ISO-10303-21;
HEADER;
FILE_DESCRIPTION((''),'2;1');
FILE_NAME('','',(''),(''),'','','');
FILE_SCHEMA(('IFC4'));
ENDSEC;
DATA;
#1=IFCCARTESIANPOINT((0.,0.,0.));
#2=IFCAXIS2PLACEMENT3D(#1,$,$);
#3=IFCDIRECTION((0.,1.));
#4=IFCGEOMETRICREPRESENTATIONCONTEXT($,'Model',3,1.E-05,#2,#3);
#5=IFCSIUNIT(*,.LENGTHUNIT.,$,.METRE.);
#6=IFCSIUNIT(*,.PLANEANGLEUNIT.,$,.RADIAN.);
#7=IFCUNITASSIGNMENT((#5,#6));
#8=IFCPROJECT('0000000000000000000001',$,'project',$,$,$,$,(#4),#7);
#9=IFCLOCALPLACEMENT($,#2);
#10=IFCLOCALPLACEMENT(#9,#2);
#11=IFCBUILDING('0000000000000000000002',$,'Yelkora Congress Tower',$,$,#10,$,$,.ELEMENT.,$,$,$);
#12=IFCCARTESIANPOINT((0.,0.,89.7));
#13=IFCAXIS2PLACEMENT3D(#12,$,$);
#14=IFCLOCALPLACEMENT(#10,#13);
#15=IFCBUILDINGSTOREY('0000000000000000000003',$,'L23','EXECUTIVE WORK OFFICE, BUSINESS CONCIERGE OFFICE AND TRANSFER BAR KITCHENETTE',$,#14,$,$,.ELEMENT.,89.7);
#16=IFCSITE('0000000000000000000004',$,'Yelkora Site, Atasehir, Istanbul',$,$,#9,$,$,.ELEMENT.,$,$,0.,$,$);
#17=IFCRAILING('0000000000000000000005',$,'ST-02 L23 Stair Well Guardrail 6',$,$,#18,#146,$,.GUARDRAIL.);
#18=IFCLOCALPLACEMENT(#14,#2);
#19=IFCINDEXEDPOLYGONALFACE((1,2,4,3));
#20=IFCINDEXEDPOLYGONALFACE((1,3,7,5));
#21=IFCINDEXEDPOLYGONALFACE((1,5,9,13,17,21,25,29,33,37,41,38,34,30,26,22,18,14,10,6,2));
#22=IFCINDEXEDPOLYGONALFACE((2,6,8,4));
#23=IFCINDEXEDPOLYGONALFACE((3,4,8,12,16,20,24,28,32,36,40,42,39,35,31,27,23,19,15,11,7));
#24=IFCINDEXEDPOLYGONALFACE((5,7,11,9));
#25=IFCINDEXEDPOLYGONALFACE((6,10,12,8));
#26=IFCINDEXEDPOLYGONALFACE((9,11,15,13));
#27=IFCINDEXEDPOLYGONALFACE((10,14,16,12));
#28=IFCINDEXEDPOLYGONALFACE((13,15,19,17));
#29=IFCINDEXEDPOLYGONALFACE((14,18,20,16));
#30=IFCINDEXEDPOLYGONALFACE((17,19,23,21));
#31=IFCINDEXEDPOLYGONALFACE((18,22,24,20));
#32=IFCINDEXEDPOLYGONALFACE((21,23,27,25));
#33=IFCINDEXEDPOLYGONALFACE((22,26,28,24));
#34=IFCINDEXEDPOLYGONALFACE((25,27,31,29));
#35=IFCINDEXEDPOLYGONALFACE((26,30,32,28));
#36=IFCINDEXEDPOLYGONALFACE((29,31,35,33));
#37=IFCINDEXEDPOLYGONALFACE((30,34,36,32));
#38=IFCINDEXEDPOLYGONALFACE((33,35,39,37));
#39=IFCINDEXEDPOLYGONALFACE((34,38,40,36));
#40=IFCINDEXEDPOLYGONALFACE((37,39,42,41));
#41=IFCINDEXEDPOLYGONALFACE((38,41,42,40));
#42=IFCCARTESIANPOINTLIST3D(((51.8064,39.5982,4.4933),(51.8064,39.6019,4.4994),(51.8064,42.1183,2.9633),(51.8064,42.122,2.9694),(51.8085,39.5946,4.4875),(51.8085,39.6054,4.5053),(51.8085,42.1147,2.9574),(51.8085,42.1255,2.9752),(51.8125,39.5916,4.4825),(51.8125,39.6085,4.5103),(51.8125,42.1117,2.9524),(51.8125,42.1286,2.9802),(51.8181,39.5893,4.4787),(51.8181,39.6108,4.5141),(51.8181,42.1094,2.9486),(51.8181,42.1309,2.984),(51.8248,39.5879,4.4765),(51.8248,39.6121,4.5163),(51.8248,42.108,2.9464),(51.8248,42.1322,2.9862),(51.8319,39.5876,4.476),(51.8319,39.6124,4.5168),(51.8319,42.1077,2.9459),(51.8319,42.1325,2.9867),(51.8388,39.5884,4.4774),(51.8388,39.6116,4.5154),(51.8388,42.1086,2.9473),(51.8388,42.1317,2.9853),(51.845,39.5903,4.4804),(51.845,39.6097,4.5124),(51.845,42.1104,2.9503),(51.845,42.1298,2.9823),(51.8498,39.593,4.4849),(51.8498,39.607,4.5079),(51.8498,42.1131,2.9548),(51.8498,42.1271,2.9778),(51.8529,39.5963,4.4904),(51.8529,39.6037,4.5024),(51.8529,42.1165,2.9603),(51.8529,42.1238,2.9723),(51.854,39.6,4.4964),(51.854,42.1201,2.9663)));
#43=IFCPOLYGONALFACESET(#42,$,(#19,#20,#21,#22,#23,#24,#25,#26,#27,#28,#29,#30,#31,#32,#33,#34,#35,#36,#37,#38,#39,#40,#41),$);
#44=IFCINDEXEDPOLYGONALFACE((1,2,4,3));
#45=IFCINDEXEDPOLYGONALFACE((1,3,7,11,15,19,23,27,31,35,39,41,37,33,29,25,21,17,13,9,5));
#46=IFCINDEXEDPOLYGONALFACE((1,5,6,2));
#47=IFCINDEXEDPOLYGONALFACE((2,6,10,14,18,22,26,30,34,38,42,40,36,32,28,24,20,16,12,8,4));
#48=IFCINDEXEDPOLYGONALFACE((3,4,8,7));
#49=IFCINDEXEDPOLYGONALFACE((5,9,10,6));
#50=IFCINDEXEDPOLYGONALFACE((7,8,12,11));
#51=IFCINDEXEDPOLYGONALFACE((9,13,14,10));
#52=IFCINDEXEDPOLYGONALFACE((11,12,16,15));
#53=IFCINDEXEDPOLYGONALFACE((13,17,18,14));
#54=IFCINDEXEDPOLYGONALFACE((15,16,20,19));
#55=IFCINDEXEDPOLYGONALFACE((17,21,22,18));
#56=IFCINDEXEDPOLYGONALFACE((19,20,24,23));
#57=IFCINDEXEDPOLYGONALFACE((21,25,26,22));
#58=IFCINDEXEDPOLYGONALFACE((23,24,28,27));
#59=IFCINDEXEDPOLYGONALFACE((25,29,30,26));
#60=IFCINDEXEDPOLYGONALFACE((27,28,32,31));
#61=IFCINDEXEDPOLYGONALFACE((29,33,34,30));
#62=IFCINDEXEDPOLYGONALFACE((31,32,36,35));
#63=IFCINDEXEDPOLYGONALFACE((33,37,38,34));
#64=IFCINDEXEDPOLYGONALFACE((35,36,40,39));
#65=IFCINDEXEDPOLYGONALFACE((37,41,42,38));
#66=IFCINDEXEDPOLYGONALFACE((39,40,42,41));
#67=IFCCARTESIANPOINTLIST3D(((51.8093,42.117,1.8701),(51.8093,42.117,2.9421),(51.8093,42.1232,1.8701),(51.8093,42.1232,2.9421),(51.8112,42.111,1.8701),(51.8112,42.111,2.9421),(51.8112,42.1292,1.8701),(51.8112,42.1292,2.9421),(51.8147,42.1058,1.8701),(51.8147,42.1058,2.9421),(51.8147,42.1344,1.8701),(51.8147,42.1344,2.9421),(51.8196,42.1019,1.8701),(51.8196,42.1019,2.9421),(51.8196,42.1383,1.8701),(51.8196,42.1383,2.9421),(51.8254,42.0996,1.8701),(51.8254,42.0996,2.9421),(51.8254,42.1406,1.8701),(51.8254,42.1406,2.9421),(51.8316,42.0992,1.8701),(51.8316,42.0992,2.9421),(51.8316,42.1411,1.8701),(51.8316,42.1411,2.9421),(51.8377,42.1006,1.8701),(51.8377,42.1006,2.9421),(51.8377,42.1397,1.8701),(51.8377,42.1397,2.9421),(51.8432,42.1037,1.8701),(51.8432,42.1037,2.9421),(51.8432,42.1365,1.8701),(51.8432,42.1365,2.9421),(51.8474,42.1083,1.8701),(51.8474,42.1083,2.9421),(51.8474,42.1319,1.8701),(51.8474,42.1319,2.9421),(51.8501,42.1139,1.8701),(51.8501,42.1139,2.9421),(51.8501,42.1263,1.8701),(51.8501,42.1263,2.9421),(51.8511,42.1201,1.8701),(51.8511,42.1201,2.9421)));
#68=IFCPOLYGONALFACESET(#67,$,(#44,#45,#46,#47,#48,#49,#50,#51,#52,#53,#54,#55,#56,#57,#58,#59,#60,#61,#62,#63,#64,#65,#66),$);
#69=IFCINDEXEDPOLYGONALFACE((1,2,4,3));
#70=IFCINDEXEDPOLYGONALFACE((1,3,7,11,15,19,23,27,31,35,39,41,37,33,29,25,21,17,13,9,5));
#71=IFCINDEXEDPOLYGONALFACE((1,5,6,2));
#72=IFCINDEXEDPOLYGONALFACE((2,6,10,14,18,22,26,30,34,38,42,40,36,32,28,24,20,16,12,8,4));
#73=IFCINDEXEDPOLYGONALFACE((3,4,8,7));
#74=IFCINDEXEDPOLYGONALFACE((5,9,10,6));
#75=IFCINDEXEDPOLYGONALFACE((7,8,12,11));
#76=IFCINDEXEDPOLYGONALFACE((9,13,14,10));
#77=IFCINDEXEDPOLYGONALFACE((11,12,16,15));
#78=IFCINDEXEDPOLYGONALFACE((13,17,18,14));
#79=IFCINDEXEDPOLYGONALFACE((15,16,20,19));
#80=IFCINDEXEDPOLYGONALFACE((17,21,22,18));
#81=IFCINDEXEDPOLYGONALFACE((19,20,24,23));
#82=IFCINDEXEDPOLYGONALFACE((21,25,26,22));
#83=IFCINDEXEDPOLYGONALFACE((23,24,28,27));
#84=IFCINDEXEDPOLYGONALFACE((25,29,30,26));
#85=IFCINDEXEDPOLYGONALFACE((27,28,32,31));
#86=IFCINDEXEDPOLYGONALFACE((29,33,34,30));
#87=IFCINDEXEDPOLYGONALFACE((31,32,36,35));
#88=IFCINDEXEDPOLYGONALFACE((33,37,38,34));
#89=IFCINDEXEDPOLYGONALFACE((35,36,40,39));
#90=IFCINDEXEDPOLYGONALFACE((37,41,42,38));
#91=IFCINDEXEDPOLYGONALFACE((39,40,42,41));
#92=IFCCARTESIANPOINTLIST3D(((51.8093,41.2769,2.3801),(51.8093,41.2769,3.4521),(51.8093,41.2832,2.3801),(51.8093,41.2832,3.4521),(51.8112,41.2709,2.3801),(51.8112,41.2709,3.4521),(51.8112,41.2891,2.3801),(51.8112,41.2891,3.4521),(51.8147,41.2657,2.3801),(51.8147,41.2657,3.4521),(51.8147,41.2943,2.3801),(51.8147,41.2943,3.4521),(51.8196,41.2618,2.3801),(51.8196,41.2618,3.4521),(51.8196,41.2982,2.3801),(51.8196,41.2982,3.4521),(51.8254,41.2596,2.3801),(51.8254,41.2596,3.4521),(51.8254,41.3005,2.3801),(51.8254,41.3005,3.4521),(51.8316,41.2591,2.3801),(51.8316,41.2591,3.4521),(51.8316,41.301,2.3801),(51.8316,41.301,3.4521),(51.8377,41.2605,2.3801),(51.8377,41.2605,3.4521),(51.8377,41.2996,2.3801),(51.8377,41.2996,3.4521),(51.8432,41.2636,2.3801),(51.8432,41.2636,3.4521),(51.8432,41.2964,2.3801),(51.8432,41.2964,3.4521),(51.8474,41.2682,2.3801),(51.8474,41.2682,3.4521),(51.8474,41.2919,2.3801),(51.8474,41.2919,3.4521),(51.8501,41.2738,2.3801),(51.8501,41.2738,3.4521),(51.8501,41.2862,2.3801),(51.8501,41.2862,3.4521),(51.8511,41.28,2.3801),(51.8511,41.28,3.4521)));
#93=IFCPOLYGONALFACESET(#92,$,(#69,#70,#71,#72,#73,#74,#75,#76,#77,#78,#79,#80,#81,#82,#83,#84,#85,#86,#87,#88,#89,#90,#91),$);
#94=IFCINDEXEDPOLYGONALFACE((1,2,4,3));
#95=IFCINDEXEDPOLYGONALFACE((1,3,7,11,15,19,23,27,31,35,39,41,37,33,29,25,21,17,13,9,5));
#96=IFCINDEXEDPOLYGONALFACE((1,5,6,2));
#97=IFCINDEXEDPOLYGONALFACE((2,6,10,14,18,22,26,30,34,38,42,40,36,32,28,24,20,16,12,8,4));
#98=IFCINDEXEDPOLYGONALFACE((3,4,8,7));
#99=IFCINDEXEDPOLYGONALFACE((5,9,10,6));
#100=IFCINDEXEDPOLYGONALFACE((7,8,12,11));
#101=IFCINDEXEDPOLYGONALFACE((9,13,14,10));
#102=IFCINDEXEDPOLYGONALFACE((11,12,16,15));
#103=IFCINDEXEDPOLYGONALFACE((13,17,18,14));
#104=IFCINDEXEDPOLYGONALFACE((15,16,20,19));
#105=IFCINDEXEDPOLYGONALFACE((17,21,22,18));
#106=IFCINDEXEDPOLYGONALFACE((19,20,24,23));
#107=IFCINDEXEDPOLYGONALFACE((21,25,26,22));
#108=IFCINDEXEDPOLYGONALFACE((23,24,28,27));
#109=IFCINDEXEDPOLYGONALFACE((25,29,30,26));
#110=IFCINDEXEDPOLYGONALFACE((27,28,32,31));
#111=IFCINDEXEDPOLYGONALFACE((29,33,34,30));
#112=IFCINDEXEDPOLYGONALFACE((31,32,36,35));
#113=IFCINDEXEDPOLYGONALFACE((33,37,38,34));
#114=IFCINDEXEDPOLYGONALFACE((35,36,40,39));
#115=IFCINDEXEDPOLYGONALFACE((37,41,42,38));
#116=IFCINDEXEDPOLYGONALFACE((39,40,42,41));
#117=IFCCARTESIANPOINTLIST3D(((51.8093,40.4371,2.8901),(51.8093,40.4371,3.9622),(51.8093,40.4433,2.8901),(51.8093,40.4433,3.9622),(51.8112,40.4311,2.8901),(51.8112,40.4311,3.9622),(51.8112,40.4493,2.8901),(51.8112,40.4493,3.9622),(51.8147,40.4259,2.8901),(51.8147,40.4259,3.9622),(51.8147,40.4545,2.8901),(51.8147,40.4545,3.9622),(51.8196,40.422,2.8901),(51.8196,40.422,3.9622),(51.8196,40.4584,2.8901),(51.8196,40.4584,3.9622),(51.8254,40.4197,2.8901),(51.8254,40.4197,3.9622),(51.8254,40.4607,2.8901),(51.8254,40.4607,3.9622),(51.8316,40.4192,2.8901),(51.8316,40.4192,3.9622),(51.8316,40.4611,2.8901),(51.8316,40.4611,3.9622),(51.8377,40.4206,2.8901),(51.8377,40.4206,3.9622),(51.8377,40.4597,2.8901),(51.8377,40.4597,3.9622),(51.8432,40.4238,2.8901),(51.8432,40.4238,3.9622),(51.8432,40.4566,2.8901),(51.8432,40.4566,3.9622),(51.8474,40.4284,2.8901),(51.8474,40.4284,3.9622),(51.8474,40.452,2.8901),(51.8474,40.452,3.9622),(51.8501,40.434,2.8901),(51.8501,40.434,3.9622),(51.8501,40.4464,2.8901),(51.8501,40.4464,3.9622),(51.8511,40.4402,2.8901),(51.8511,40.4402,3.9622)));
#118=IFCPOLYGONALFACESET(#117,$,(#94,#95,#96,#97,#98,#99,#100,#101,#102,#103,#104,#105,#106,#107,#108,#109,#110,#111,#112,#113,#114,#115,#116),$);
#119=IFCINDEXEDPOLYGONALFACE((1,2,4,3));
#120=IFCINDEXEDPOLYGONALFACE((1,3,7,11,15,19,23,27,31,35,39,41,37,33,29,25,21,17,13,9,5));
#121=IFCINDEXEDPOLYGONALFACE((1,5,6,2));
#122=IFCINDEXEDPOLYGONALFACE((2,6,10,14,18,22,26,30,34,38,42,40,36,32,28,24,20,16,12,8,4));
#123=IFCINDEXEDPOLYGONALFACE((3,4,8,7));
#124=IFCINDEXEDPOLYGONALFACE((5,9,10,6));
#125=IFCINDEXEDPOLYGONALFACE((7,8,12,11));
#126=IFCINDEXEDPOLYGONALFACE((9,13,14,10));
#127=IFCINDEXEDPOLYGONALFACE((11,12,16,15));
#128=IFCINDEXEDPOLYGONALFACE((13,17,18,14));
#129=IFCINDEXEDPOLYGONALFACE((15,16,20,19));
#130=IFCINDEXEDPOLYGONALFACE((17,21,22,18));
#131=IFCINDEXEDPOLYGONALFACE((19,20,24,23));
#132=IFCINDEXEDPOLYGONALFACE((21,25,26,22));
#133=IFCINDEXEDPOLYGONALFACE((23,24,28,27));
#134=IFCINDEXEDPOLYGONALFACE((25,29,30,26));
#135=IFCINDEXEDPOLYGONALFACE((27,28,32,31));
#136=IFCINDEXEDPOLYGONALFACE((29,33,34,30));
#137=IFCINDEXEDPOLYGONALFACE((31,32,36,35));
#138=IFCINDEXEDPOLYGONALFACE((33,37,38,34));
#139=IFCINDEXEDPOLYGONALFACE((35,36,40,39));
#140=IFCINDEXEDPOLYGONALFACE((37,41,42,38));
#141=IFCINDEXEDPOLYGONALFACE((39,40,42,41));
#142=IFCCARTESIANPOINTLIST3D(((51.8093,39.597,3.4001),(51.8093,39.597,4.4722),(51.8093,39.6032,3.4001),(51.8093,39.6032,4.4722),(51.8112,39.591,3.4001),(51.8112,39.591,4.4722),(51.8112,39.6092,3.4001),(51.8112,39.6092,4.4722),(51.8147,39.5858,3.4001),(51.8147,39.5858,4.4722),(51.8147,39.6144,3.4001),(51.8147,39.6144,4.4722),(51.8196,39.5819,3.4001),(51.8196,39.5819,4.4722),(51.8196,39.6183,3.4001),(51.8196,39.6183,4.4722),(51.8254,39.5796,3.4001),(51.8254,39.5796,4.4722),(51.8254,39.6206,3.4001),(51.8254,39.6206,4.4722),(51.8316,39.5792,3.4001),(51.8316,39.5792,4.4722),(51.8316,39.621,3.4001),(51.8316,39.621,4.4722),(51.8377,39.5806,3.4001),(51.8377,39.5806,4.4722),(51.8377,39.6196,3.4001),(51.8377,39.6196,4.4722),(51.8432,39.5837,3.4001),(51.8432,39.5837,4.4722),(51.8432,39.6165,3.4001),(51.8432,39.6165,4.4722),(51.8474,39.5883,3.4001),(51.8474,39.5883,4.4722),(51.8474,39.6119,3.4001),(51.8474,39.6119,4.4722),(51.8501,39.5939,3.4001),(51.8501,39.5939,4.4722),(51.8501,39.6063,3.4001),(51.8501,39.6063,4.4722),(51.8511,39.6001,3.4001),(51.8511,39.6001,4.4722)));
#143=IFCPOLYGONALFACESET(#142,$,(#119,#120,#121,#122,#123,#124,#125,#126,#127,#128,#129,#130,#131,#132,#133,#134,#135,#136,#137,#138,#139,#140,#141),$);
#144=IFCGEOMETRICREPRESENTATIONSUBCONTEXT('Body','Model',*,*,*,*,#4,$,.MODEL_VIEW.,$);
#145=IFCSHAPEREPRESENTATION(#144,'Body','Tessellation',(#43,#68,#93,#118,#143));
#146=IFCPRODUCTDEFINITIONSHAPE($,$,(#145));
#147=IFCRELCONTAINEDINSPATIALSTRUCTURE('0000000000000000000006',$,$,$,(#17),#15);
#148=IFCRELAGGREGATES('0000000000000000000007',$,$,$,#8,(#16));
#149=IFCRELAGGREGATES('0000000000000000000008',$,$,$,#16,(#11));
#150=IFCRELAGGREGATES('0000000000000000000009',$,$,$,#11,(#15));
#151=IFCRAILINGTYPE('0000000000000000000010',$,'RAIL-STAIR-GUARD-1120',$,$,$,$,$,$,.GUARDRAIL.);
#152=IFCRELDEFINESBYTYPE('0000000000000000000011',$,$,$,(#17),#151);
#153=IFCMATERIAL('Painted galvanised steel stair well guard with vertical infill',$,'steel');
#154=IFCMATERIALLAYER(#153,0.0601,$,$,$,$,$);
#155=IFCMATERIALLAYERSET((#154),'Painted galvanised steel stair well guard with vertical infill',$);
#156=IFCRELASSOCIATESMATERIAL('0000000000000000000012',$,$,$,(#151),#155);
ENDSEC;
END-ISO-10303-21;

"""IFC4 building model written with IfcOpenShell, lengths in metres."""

from ifc_helpers import new_model, si_unit, direction, frame, origin, origin_2d, place, context, subcontext, project, spatial, circle, extrude, material, layer, layer_set, type_object, element, save


model = new_model("IFC4")

# Units and contexts
model_context = context("Model", 3, precision=1e-05, world=origin(), true_north=direction((0.0, 1.0)))
body_context = subcontext(model_context, "Body", "Model", "MODEL_VIEW")
ifc_project = project(units=[si_unit("LENGTHUNIT", "METRE"), si_unit("PLANEANGLEUNIT", "RADIAN")], contexts=[model_context])

# Site, building, storey
site_placement = place(None, origin())
site = spatial("IfcSite", under=ifc_project, at=site_placement, Name="Yelkora Site, Atasehir, Istanbul", CompositionType="ELEMENT", RefElevation=0.0)
building_placement = place(site_placement, origin())
building = spatial("IfcBuilding", under=site, at=building_placement, Name="Yelkora Congress Tower", CompositionType="ELEMENT")
storey_placement = place(building_placement, frame((0.0, 0.0, 89.7)))
storey = spatial("IfcBuildingStorey", under=building, at=storey_placement, Name="L23", Description="EXECUTIVE WORK OFFICE, BUSINESS CONCIERGE OFFICE AND TRANSFER BAR KITCHENETTE", CompositionType="ELEMENT", Elevation=89.7)

# Railing
ifc_material_1 = material(Name="Painted galvanised steel stair well guard with vertical infill", Category="steel")
ifc_layer_1 = layer(ifc_material_1, 0.0601)
ifc_layer_set_1 = layer_set([ifc_layer_1], Name="Painted galvanised steel stair well guard with vertical infill")
railing_type_1 = type_object("IfcRailingType", Name="RAIL-STAIR-GUARD-1120", PredefinedType="GUARDRAIL", material=ifc_layer_set_1)
railing_1_placement = place(storey_placement, frame((51.8301, 42.1201, 1.8701)))
element("IfcRailing", 1, at=railing_1_placement, inside=storey, type_object=railing_type_1, Name="ST-02 L23 Stair Well Guardrail 6", PredefinedType="GUARDRAIL", context=body_context, shape_type="SweptSolid", body=[
    extrude(circle(Radius=0.0239, at=origin_2d()), frame((0.0, 0.0, 1.0962), z_axis=(0.0, -0.854785, 0.518982), x_axis=(1.0, 0.0, 0.0)), (0.0, 0.0, 1.0), 2.9482),
    extrude(circle(Radius=0.021, at=origin_2d()), origin(), (0.0, 0.0, 1.0), 1.072),
    extrude(circle(Radius=0.021, at=origin_2d()), frame((0.0, -0.8401, 0.51)), (0.0, 0.0, 1.0), 1.072),
    extrude(circle(Radius=0.021, at=origin_2d()), frame((0.0, -1.6799, 1.02)), (0.0, 0.0, 1.0), 1.072),
    extrude(circle(Radius=0.021, at=origin_2d()), frame((0.0, -2.52, 1.53)), (0.0, 0.0, 1.0), 1.072),
])

save(model, "model.ifc")
